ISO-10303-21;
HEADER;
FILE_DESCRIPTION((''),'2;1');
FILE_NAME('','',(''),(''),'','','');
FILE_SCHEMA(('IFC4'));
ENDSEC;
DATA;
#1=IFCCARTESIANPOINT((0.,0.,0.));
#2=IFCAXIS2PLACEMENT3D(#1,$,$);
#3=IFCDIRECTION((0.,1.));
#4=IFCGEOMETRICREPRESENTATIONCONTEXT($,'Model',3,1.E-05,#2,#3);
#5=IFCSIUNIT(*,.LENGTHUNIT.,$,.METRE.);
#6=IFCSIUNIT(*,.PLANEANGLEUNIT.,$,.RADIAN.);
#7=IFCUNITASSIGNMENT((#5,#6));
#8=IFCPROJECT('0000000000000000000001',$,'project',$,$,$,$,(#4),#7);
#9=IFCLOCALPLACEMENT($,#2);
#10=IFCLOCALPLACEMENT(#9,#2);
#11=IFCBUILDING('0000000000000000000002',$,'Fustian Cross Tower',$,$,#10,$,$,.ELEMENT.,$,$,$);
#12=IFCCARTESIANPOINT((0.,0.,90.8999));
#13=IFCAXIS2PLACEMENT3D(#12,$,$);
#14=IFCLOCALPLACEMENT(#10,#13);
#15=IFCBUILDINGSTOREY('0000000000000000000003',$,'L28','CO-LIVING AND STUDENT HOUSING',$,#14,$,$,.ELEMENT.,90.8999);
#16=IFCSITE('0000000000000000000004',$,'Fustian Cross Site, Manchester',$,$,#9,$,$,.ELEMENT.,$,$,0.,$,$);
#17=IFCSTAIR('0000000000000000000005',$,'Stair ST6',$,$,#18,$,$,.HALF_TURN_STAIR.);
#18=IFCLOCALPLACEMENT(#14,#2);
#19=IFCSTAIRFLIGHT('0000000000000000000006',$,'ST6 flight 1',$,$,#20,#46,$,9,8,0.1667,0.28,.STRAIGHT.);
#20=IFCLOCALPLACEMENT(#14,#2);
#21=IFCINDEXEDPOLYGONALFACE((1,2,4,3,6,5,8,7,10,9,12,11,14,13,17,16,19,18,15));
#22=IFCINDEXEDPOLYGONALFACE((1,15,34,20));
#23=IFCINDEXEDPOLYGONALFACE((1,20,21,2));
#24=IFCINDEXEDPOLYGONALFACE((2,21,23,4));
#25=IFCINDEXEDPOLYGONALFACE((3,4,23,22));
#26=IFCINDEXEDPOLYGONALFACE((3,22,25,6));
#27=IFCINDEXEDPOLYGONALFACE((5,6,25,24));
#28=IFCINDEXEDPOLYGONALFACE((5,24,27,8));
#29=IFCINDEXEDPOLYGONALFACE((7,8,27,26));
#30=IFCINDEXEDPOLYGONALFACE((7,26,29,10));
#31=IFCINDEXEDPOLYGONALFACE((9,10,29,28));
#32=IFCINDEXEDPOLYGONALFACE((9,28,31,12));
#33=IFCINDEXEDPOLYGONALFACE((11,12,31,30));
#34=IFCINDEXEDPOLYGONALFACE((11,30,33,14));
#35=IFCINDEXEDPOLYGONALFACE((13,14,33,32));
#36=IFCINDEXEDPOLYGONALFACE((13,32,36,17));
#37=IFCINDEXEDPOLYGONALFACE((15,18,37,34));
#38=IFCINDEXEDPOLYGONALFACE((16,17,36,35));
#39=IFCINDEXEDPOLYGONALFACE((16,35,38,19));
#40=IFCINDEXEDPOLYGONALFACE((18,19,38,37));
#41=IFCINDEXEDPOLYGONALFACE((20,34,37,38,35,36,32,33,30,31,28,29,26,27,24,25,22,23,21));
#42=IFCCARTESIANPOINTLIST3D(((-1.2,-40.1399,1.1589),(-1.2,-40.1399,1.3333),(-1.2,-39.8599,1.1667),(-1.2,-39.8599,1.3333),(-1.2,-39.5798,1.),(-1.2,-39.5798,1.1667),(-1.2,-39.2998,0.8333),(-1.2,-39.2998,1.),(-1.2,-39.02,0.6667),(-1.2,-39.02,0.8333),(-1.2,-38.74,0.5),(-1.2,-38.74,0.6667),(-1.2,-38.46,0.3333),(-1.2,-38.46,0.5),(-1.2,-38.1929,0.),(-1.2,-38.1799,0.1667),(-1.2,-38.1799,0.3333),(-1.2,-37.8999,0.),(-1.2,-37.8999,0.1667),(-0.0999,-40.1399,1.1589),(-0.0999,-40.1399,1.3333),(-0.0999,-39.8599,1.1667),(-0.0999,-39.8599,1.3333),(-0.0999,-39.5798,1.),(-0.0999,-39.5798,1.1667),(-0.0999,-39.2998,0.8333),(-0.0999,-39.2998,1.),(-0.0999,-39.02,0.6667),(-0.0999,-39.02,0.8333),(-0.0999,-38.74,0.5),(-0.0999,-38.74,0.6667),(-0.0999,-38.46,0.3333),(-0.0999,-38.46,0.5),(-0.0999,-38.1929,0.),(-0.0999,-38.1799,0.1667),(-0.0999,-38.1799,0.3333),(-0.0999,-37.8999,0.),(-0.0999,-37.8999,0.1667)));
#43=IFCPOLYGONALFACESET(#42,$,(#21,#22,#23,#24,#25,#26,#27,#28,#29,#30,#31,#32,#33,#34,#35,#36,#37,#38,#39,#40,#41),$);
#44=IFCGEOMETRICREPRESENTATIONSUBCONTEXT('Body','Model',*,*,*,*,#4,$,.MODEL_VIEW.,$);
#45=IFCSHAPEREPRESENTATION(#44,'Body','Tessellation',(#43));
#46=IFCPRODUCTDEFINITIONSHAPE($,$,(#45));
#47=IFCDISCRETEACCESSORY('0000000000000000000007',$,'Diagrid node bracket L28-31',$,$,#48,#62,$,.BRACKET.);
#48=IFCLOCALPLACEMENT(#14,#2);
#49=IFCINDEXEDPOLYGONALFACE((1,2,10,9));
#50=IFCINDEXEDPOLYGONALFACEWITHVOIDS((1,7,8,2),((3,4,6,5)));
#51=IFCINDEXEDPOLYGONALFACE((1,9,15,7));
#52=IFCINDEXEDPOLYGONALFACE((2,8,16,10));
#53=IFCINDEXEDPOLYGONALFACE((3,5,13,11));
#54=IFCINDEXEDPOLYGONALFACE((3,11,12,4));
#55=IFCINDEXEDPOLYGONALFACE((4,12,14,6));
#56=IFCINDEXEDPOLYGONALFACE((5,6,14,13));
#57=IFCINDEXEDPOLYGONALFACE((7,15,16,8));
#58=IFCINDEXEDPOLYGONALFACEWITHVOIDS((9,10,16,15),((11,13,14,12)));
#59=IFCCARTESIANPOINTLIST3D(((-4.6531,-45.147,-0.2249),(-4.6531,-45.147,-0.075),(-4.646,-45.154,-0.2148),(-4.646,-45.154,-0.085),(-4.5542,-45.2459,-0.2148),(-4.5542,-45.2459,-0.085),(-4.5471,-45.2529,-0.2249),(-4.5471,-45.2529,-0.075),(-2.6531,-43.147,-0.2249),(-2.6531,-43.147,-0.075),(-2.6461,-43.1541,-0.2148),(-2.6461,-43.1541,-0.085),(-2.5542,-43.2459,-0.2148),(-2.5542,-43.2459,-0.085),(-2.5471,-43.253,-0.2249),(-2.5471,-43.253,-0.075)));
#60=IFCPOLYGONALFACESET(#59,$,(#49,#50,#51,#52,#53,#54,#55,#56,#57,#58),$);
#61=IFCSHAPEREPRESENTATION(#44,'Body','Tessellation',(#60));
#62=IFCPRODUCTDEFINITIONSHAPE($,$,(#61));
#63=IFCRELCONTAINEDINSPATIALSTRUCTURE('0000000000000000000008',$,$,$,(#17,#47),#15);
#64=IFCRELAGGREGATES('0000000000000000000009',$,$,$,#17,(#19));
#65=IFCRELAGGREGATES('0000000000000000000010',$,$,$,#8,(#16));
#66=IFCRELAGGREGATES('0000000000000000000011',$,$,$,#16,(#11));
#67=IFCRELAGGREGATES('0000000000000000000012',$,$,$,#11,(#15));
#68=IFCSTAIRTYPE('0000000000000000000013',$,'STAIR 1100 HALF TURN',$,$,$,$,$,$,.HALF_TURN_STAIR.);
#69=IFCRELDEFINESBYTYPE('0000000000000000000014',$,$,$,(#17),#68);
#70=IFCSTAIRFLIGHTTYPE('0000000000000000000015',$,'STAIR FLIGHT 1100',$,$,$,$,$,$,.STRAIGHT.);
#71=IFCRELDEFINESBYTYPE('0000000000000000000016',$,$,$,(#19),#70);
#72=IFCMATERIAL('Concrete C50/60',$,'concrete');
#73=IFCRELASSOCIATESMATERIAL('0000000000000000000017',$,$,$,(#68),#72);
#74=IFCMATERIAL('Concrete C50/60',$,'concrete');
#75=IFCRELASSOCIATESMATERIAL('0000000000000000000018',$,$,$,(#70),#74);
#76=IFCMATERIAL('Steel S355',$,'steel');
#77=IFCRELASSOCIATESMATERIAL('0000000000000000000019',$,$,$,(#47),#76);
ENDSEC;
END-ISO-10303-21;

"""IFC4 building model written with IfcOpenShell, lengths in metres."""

from ifc_helpers import new_model, si_unit, direction, frame, origin, origin_2d, place, context, subcontext, project, spatial, polyline, hollow_rectangle, outline, extrude, material, type_object, element, aggregate, save


model = new_model("IFC4")

# Units and contexts
model_context = context("Model", 3, precision=1e-05, world=origin(), true_north=direction((0.0, 1.0)))
body_context = subcontext(model_context, "Body", "Model", "MODEL_VIEW")
ifc_project = project(units=[si_unit("LENGTHUNIT", "METRE"), si_unit("PLANEANGLEUNIT", "RADIAN")], contexts=[model_context])

# Site, building, storey
site_placement = place(None, origin())
site = spatial("IfcSite", under=ifc_project, at=site_placement, Name="Fustian Cross Site, Manchester", CompositionType="ELEMENT", RefElevation=0.0)
building_placement = place(site_placement, origin())
building = spatial("IfcBuilding", under=site, at=building_placement, Name="Fustian Cross Tower", CompositionType="ELEMENT")
storey_placement = place(building_placement, frame((0.0, 0.0, 90.8999)))
storey = spatial("IfcBuildingStorey", under=building, at=storey_placement, Name="L28", Description="CO-LIVING AND STUDENT HOUSING", CompositionType="ELEMENT", Elevation=90.8999)

# Stair, stair flight
ifc_material_1 = material(Name="Concrete C50/60", Category="concrete")
stair_type = type_object("IfcStairType", Name="STAIR 1100 HALF TURN", PredefinedType="HALF_TURN_STAIR", material=ifc_material_1)
stair_placement = place(storey_placement, origin())
stair = element("IfcStair", 1, at=stair_placement, inside=storey, type_object=stair_type, Name="Stair ST6", PredefinedType="HALF_TURN_STAIR")
ifc_material_2 = material(Name="Concrete C50/60", Category="concrete")
stair_flight_type = type_object("IfcStairFlightType", Name="STAIR FLIGHT 1100", PredefinedType="STRAIGHT", material=ifc_material_2)
stair_flight_placement = place(storey_placement, frame((-0.6499, -37.8999, 0.0), z_axis=(0.0, 0.0, 1.0), x_axis=(0.0, -1.0, 0.0)))
stair_flight = element("IfcStairFlight", 2, at=stair_flight_placement, type_object=stair_flight_type, Name="ST6 flight 1", NumberOfRisers=9, NumberOfTreads=8, PredefinedType="STRAIGHT", RiserHeight=0.1667, TreadLength=0.28, context=body_context, shape_type="SweptSolid", body=[
    extrude(outline(polyline([(0.0, 0.0), (0.0, 0.1667), (0.28, 0.1667), (0.28, 0.3333), (0.5601, 0.3333), (0.5601, 0.5), (0.8401, 0.5), (0.8401, 0.6667), (1.1201, 0.6667), (1.1201, 0.8333), (1.3999, 0.8333), (1.3999, 1.0), (1.6799, 1.0), (1.6799, 1.1667), (1.96, 1.1667), (1.96, 1.3333), (2.24, 1.3333), (2.24, 1.5), (2.24, 1.1589), (0.293, 0.0), (0.0, 0.0)])), frame((0.0, 0.55, 0.0), z_axis=(0.0, -1.0, 0.0), x_axis=(1.0, 0.0, 0.0)), (0.0, 0.0, 1.0), 1.1001),
])
aggregate(stair, [stair_flight])

# Discrete accessory
ifc_material_3 = material(Name="Steel S355", Category="steel")
discrete_accessory_placement = place(storey_placement, frame((-4.6001, -45.2, -0.1499), z_axis=(0.707107, 0.707107, 0.0), x_axis=(-0.707107, 0.707107, 0.0)))
element("IfcDiscreteAccessory", 3, at=discrete_accessory_placement, inside=storey, material=ifc_material_3, Name="Diagrid node bracket L28-31", PredefinedType="BRACKET", context=body_context, shape_type="SweptSolid", body=[
    extrude(hollow_rectangle(XDim=0.1499, YDim=0.1499, WallThickness=0.01, at=origin_2d()), origin(), (0.0, 0.0, 1.0), 2.8284),
])

save(model, "model.ifc")
